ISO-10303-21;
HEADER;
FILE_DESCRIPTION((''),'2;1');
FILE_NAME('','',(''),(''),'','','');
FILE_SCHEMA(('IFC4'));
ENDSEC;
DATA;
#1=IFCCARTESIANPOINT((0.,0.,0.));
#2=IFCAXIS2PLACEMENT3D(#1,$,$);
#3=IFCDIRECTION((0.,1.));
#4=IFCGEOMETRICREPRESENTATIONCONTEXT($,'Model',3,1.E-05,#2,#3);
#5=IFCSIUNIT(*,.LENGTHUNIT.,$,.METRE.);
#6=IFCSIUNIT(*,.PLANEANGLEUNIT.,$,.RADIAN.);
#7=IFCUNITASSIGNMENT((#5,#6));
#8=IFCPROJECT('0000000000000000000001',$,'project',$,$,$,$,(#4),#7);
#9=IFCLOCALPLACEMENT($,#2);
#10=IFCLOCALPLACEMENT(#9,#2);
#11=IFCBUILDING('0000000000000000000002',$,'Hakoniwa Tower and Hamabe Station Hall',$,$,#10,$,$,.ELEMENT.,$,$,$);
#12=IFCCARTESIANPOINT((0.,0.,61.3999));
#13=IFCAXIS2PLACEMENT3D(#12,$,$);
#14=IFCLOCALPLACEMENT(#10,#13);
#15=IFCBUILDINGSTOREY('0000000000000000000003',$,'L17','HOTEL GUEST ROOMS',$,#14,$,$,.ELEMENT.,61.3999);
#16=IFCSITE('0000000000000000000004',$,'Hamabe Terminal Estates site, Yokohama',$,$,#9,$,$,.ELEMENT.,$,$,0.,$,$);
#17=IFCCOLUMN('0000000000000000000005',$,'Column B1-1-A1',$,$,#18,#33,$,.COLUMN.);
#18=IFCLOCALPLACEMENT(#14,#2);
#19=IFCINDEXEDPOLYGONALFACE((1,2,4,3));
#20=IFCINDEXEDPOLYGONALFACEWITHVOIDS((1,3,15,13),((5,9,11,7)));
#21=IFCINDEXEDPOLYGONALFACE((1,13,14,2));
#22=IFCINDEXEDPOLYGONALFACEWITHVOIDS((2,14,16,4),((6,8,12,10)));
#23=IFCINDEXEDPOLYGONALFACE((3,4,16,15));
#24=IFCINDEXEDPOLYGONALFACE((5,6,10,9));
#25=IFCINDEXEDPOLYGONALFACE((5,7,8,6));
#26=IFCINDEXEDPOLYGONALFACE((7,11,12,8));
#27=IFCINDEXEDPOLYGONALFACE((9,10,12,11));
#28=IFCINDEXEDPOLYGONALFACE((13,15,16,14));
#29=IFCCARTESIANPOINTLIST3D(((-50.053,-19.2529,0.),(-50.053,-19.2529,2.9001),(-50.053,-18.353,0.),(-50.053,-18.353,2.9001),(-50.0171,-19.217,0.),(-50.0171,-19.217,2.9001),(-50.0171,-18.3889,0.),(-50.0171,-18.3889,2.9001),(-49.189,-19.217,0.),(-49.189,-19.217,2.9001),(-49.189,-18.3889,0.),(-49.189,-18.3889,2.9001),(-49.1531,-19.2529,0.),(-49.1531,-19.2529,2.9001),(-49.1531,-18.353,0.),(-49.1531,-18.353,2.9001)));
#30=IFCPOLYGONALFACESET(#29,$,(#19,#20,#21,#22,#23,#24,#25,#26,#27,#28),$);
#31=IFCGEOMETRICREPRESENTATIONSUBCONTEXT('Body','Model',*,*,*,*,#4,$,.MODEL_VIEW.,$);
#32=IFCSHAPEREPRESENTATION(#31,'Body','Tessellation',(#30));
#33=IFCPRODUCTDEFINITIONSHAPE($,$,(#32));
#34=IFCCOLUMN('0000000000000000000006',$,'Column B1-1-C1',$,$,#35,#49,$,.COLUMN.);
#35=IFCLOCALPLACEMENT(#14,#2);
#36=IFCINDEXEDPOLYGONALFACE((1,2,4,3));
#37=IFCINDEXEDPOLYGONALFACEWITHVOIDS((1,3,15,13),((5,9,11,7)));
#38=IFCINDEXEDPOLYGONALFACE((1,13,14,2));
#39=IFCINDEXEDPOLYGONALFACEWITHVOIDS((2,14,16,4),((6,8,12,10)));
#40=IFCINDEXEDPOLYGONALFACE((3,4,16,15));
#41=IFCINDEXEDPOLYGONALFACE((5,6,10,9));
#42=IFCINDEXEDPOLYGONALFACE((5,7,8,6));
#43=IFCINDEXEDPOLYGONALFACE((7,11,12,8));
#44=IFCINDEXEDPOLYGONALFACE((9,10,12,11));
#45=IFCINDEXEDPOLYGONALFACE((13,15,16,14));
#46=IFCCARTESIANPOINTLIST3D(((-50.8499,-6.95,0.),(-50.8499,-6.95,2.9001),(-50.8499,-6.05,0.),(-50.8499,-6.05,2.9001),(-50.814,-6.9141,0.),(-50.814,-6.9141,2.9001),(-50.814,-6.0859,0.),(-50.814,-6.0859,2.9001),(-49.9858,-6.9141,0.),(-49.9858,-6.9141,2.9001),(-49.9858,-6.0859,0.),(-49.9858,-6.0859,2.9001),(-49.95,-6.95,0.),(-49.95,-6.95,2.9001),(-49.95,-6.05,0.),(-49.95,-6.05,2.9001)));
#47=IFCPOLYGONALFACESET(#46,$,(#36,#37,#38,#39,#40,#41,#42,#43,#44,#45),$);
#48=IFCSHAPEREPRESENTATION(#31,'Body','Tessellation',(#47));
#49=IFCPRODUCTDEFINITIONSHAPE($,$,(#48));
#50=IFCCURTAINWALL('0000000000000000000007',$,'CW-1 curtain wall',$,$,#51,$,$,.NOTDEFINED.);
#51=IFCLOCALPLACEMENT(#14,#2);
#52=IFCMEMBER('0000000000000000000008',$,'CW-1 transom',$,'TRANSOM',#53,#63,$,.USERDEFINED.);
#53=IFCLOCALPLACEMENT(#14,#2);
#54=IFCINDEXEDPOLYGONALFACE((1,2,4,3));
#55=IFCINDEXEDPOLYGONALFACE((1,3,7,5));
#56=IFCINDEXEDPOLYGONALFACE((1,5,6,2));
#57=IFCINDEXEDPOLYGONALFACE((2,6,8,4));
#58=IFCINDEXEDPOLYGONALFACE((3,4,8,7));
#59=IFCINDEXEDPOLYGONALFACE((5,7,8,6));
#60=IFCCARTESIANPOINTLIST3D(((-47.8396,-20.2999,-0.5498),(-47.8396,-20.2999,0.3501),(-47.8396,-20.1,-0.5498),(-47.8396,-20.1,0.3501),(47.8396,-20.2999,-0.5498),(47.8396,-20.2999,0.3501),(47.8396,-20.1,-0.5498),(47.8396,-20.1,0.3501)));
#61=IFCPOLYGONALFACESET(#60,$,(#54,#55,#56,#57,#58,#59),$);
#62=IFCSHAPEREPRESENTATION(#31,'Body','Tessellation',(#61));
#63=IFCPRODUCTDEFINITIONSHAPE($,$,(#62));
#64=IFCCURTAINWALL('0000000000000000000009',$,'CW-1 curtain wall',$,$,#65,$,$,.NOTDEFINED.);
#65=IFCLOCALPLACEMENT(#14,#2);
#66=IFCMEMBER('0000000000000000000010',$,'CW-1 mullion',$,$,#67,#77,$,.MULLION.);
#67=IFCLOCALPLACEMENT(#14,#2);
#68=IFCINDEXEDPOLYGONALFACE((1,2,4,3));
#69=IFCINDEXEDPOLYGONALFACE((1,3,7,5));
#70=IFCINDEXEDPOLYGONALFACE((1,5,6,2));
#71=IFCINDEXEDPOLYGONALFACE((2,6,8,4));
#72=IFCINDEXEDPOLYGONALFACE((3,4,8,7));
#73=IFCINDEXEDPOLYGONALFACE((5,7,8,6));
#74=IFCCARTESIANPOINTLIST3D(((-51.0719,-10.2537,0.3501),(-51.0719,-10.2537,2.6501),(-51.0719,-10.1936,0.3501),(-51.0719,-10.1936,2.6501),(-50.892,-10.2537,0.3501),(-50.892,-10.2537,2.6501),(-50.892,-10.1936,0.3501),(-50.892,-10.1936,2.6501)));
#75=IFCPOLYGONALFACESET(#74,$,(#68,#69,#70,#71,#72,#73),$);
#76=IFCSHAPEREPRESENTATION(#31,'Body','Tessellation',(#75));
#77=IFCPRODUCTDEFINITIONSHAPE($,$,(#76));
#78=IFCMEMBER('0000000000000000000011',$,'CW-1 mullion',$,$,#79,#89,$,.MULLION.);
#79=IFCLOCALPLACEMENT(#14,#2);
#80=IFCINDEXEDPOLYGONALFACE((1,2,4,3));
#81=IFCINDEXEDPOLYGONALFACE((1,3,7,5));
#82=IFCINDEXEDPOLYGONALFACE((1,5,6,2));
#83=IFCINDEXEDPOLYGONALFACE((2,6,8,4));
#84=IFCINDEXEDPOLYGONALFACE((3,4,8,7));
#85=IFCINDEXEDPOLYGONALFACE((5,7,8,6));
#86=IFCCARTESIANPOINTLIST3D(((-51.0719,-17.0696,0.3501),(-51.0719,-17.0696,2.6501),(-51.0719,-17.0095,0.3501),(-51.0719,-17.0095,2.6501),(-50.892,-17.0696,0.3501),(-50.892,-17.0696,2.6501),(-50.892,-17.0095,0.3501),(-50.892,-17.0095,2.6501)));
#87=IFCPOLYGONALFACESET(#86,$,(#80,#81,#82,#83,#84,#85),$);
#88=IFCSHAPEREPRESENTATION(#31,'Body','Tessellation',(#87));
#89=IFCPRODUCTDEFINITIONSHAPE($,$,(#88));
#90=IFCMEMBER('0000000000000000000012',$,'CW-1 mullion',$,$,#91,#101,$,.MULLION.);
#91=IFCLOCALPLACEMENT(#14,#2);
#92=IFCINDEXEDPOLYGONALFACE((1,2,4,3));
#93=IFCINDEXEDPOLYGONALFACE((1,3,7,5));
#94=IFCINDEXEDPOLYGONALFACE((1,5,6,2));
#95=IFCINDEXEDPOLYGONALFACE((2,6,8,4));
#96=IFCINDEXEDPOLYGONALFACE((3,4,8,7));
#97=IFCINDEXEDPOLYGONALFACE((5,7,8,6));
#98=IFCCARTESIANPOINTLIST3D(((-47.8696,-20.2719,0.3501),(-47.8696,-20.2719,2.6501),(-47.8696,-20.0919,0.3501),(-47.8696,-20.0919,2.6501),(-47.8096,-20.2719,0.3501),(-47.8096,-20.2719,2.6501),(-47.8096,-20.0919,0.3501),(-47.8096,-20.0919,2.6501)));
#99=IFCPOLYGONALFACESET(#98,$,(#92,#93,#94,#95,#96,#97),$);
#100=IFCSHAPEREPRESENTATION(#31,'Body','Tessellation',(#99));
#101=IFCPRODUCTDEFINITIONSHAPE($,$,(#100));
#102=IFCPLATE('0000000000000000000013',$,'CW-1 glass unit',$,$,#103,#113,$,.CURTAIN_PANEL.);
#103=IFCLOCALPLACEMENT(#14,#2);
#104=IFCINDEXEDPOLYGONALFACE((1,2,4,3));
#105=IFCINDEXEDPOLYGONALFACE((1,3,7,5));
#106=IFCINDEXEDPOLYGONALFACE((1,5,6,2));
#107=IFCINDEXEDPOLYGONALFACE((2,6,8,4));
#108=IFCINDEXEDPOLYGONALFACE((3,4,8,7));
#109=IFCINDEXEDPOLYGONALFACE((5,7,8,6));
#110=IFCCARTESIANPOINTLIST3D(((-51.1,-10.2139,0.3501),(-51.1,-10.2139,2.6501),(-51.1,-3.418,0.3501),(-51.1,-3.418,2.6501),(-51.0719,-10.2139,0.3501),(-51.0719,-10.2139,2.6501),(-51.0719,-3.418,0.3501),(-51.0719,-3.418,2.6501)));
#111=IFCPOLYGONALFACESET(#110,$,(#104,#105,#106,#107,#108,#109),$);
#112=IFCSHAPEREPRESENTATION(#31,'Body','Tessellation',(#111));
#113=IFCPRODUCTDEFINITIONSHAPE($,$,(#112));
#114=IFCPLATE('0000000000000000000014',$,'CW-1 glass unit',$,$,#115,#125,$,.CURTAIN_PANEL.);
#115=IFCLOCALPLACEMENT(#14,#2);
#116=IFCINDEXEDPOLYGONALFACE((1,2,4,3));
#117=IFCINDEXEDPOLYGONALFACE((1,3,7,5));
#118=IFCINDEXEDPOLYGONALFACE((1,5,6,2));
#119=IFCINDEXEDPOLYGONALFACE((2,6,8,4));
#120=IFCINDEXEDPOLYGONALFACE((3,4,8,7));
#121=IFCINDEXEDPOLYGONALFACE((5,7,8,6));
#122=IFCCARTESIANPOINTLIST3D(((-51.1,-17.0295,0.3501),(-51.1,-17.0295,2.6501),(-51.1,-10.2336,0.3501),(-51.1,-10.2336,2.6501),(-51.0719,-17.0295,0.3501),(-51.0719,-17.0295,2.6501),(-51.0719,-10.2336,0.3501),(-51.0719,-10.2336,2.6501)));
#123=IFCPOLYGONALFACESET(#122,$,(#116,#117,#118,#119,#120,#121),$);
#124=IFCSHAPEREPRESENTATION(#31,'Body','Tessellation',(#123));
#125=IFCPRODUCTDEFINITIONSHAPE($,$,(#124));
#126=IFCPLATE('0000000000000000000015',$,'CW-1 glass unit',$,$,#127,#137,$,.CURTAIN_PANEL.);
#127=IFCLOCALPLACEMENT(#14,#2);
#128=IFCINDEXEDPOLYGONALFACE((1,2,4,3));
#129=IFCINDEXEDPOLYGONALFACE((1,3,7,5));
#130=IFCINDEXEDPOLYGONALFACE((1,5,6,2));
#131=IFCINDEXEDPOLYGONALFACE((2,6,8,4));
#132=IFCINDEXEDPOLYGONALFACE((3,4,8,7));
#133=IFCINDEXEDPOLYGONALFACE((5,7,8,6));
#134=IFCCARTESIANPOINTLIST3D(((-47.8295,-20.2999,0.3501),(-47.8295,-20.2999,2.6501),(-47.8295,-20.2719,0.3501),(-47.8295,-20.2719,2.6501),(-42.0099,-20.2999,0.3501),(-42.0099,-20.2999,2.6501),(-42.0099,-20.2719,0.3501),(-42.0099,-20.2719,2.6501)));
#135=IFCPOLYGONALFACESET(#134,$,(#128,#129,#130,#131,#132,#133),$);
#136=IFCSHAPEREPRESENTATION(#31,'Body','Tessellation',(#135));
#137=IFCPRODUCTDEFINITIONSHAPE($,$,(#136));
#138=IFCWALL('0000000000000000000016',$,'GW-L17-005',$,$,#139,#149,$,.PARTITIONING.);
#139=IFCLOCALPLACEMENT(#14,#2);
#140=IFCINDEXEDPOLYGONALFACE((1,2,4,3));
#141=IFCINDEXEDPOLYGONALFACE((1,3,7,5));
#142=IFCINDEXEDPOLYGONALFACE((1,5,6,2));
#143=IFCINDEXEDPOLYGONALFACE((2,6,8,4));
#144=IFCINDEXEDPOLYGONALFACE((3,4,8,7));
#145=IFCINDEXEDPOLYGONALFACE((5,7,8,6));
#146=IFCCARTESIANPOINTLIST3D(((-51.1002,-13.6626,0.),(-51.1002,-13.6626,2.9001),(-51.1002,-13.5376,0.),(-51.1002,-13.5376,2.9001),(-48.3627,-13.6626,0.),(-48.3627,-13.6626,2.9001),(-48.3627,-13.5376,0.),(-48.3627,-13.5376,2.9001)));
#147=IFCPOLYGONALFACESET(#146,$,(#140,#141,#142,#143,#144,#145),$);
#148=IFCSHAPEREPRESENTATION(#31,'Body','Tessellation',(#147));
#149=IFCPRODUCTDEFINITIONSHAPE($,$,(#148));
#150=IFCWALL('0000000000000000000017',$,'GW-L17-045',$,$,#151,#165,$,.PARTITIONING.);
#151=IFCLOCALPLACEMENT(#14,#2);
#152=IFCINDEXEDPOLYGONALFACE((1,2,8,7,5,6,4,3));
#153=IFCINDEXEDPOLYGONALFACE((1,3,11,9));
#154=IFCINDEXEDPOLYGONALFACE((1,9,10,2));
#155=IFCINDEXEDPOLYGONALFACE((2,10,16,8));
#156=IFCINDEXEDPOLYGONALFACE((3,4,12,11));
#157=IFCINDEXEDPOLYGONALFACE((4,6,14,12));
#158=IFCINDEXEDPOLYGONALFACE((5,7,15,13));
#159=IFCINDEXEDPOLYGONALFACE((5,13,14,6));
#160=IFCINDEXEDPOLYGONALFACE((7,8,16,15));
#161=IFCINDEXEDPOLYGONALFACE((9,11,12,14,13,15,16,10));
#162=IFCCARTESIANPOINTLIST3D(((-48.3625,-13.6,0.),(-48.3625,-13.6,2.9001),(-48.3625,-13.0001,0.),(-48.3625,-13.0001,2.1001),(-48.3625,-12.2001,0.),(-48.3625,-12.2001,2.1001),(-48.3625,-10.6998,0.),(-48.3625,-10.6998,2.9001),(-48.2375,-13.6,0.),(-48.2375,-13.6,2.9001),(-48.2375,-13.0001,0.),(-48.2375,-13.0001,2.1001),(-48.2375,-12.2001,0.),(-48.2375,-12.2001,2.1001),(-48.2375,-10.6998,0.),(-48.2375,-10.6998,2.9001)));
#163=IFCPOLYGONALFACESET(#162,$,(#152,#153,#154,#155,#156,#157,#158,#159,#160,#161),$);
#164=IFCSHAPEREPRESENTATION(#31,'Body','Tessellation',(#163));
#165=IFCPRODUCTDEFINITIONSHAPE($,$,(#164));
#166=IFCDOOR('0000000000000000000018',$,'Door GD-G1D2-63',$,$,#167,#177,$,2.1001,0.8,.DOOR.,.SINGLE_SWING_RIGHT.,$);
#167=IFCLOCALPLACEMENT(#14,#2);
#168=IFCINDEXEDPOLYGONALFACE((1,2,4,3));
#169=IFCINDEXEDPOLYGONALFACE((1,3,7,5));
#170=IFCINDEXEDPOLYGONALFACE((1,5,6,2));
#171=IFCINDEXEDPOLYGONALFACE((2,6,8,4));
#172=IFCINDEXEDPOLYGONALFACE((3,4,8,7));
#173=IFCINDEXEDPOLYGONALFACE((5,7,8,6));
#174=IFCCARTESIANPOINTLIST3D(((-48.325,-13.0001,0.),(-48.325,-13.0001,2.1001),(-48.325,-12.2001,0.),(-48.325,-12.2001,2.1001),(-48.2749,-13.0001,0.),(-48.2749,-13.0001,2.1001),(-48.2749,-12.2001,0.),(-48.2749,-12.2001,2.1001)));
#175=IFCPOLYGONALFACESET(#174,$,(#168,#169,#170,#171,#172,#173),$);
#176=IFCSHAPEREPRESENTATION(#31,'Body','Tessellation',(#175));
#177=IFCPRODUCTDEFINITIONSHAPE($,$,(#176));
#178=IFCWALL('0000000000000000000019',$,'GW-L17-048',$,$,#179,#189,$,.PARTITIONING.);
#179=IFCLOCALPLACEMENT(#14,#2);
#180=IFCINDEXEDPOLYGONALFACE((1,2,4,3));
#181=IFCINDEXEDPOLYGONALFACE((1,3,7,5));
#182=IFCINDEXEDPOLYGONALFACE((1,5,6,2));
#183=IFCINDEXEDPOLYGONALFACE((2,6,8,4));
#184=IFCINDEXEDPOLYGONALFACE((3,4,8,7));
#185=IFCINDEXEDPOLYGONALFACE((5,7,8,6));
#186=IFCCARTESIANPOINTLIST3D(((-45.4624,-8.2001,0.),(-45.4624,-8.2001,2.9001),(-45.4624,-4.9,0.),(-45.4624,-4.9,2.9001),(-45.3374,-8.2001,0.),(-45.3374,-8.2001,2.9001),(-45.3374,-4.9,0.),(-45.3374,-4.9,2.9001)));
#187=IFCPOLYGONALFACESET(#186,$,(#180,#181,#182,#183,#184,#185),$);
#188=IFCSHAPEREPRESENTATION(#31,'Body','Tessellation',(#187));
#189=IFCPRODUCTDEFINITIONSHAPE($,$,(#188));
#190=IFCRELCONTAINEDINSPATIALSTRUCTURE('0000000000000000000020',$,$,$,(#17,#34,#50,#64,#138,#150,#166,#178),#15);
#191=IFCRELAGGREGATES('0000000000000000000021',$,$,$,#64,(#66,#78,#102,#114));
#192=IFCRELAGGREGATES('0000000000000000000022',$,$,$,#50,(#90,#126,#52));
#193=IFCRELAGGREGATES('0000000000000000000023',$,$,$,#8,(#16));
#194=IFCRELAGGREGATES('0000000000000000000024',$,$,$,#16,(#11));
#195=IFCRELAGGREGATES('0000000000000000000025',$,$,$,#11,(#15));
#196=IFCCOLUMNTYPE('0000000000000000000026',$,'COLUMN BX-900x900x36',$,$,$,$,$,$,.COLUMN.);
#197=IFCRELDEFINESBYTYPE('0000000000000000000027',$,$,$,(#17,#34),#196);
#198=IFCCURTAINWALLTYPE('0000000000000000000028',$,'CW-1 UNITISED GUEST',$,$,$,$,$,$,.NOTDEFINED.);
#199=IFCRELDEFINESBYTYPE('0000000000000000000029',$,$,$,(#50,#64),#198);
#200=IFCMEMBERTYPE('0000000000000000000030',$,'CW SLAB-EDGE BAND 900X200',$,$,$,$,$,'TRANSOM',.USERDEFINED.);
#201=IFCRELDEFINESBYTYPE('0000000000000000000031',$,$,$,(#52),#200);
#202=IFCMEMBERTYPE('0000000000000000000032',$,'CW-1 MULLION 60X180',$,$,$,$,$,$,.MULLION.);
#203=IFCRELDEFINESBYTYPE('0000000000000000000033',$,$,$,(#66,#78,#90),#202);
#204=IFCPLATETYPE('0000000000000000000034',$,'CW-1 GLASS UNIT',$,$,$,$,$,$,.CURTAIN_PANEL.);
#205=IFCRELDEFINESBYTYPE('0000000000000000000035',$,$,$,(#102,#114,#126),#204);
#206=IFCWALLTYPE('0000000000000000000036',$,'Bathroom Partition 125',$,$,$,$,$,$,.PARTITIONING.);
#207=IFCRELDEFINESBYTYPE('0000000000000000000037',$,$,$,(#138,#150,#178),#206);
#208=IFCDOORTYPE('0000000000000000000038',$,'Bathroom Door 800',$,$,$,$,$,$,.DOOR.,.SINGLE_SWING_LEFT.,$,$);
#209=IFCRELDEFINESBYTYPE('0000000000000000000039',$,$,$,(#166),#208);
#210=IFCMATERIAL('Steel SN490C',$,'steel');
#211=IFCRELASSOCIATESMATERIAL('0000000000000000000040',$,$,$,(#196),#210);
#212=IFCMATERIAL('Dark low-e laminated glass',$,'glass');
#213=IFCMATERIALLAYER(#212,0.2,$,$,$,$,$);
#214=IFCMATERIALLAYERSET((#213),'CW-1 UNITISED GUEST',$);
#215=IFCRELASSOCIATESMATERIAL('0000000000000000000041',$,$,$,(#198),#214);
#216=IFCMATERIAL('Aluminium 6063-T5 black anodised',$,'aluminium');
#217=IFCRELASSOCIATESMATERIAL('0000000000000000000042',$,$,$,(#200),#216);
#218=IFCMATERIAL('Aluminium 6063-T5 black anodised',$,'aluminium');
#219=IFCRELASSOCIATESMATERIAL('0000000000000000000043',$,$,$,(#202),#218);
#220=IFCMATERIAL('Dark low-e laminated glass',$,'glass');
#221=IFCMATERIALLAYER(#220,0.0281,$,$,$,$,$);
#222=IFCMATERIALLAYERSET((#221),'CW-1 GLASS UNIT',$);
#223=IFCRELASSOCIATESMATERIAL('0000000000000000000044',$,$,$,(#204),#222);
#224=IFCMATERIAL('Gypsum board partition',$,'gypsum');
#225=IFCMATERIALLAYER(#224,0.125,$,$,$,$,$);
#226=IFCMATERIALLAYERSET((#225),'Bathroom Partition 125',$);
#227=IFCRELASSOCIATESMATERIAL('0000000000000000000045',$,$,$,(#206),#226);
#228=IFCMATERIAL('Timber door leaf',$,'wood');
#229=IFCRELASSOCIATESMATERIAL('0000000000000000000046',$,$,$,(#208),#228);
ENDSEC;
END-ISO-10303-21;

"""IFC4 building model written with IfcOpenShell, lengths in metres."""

from ifc_helpers import new_model, si_unit, direction, frame, frame_2d, origin, origin_2d, place, context, subcontext, project, spatial, rectangle, hollow_rectangle, extrude, material, layer, layer_set, material_profile, profile_set, type_object, element, fill, aggregate, save


model = new_model("IFC4")

# Units and contexts
model_context = context("Model", 3, precision=1e-05, world=origin(), true_north=direction((0.0, 1.0)))
body_context = subcontext(model_context, "Body", "Model", "MODEL_VIEW")
ifc_project = project(units=[si_unit("LENGTHUNIT", "METRE"), si_unit("PLANEANGLEUNIT", "RADIAN")], contexts=[model_context])

# Site, building, storey
site_placement = place(None, origin())
site = spatial("IfcSite", under=ifc_project, at=site_placement, Name="Hamabe Terminal Estates site, Yokohama", CompositionType="ELEMENT", RefElevation=0.0)
building_placement = place(site_placement, origin())
building = spatial("IfcBuilding", under=site, at=building_placement, Name="Hakoniwa Tower and Hamabe Station Hall", CompositionType="ELEMENT")
storey_placement = place(building_placement, frame((0.0, 0.0, 61.3999)))
storey = spatial("IfcBuildingStorey", under=building, at=storey_placement, Name="L17", Description="HOTEL GUEST ROOMS", CompositionType="ELEMENT", Elevation=61.3999)

# Columns
ifc_material_1 = material(Name="Steel SN490C", Category="steel")
ifc_material_profile_1 = material_profile(ifc_material_1, hollow_rectangle(XDim=0.8999, YDim=0.8999, WallThickness=0.0359, at=origin_2d()), Name="BX-900x900x36")
ifc_profile_set_1 = profile_set([ifc_material_profile_1], Name="Steel SN490C")
column_type = type_object("IfcColumnType", Name="COLUMN BX-900x900x36", PredefinedType="COLUMN", material=ifc_profile_set_1)
for number, where, z_axis, x_axis, name in (
    (1, (-49.603, -18.803, 0.0), (0.0, 0.0, 1.0), (1.0, 0.0, 0.0), "Column B1-1-A1"),
    (2, (-50.3999, -6.5, 0.0), (0.0, 0.0, 1.0), (1.0, 0.0, 0.0), "Column B1-1-C1"),
):
    element("IfcColumn", number, at=place(storey_placement, frame(where, z_axis=z_axis, x_axis=x_axis)), inside=storey, type_object=column_type, Name=name, PredefinedType="COLUMN", context=body_context, shape_type="SweptSolid", body=[
        extrude(hollow_rectangle(XDim=0.8999, YDim=0.8999, WallThickness=0.0359, at=origin_2d()), origin(), (0.0, 0.0, 1.0), 2.9001),
    ])

# Curtain wall, member
ifc_material_2 = material(Name="Dark low-e laminated glass", Category="glass")
ifc_layer_1 = layer(ifc_material_2, 0.2)
ifc_layer_set_1 = layer_set([ifc_layer_1], Name="CW-1 UNITISED GUEST")
curtain_wall_type = type_object("IfcCurtainWallType", Name="CW-1 UNITISED GUEST", PredefinedType="NOTDEFINED", material=ifc_layer_set_1)
curtain_wall_1_placement = place(storey_placement, origin())
curtain_wall_1 = element("IfcCurtainWall", 3, at=curtain_wall_1_placement, inside=storey, type_object=curtain_wall_type, Name="CW-1 curtain wall", PredefinedType="NOTDEFINED")
ifc_material_3 = material(Name="Aluminium 6063-T5 black anodised", Category="aluminium")
ifc_material_profile_2 = material_profile(ifc_material_3, rectangle(XDim=0.2, YDim=0.8999, at=origin_2d()), Name="CW SLAB-EDGE BAND 900X200")
ifc_profile_set_2 = profile_set([ifc_material_profile_2], Name="Aluminium 6063-T5 black anodised")
member_type_1 = type_object("IfcMemberType", Name="CW SLAB-EDGE BAND 900X200", ElementType="TRANSOM", PredefinedType="USERDEFINED", material=ifc_profile_set_2)
member_1_placement = place(storey_placement, frame((-47.8396, -20.2, -0.0999), z_axis=(1.0, 0.0, 0.0), x_axis=(0.0, 1.0, 0.0)))
member_1 = element("IfcMember", 4, at=member_1_placement, type_object=member_type_1, Name="CW-1 transom", ObjectType="TRANSOM", PredefinedType="USERDEFINED", context=body_context, shape_type="SweptSolid", body=[
    extrude(rectangle(XDim=0.2, YDim=0.8999, at=origin_2d()), origin(), (0.0, 0.0, 1.0), 95.6792),
])

# Curtain wall, members
curtain_wall_2_placement = place(storey_placement, origin())
curtain_wall_2 = element("IfcCurtainWall", 5, at=curtain_wall_2_placement, inside=storey, type_object=curtain_wall_type, Name="CW-1 curtain wall", PredefinedType="NOTDEFINED")
ifc_material_4 = material(Name="Aluminium 6063-T5 black anodised", Category="aluminium")
ifc_material_profile_3 = material_profile(ifc_material_4, rectangle(XDim=0.0601, YDim=0.1799, at=origin_2d()), Name="CW-1 MULLION 60X180")
ifc_profile_set_3 = profile_set([ifc_material_profile_3], Name="Aluminium 6063-T5 black anodised")
member_type_2 = type_object("IfcMemberType", Name="CW-1 MULLION 60X180", PredefinedType="MULLION", material=ifc_profile_set_3)
member_2_placement = place(storey_placement, frame((-50.9819, -10.2236, 0.3501), z_axis=(0.0, 0.0, 1.0), x_axis=(0.0, -1.0, 0.0)))
member_2 = element("IfcMember", 6, at=member_2_placement, type_object=member_type_2, Name="CW-1 mullion", PredefinedType="MULLION", context=body_context, shape_type="SweptSolid", body=[
    extrude(rectangle(XDim=0.0601, YDim=0.1799, at=origin_2d()), origin(), (0.0, 0.0, 1.0), 2.3),
])
member_3_placement = place(storey_placement, frame((-50.9819, -17.0396, 0.3501), z_axis=(0.0, 0.0, 1.0), x_axis=(0.0, -1.0, 0.0)))
member_3 = element("IfcMember", 7, at=member_3_placement, type_object=member_type_2, Name="CW-1 mullion", PredefinedType="MULLION", context=body_context, shape_type="SweptSolid", body=[
    extrude(rectangle(XDim=0.0601, YDim=0.1799, at=origin_2d()), origin(), (0.0, 0.0, 1.0), 2.3),
])

# Member
member_4_placement = place(storey_placement, frame((-47.8396, -20.1819, 0.3501), z_axis=(0.0, 0.0, 1.0), x_axis=(1.0, 0.0, 0.0)))
member_4 = element("IfcMember", 8, at=member_4_placement, type_object=member_type_2, Name="CW-1 mullion", PredefinedType="MULLION", context=body_context, shape_type="SweptSolid", body=[
    extrude(rectangle(XDim=0.0601, YDim=0.1799, at=origin_2d()), origin(), (0.0, 0.0, 1.0), 2.3),
])

# Plates
ifc_material_5 = material(Name="Dark low-e laminated glass", Category="glass")
ifc_layer_2 = layer(ifc_material_5, 0.0281)
ifc_layer_set_2 = layer_set([ifc_layer_2], Name="CW-1 GLASS UNIT")
plate_type = type_object("IfcPlateType", Name="CW-1 GLASS UNIT", PredefinedType="CURTAIN_PANEL", material=ifc_layer_set_2)
plate_1_placement = place(storey_placement, frame((-51.0859, -6.8159, 0.3501), z_axis=(0.0, 0.0, 1.0), x_axis=(0.0, -1.0, 0.0)))
plate_1 = element("IfcPlate", 9, at=plate_1_placement, type_object=plate_type, Name="CW-1 glass unit", PredefinedType="CURTAIN_PANEL", context=body_context, shape_type="SweptSolid", body=[
    extrude(rectangle(XDim=6.7959, YDim=0.0281, at=origin_2d()), origin(), (0.0, 0.0, 1.0), 2.3),
])
plate_2_placement = place(storey_placement, frame((-51.0859, -13.6316, 0.3501), z_axis=(0.0, 0.0, 1.0), x_axis=(0.0, -1.0, 0.0)))
plate_2 = element("IfcPlate", 10, at=plate_2_placement, type_object=plate_type, Name="CW-1 glass unit", PredefinedType="CURTAIN_PANEL", context=body_context, shape_type="SweptSolid", body=[
    extrude(rectangle(XDim=6.7959, YDim=0.0281, at=origin_2d()), origin(), (0.0, 0.0, 1.0), 2.3),
])
aggregate(curtain_wall_2, [member_2, member_3, plate_1, plate_2])
plate_3_placement = place(storey_placement, frame((-44.9197, -20.2859, 0.3501), z_axis=(0.0, 0.0, 1.0), x_axis=(1.0, 0.0, 0.0)))
plate_3 = element("IfcPlate", 11, at=plate_3_placement, type_object=plate_type, Name="CW-1 glass unit", PredefinedType="CURTAIN_PANEL", context=body_context, shape_type="SweptSolid", body=[
    extrude(rectangle(XDim=5.8196, YDim=0.0281, at=origin_2d()), origin(), (0.0, 0.0, 1.0), 2.3),
])
aggregate(curtain_wall_1, [member_4, plate_3, member_1])

# Wall
ifc_material_6 = material(Name="Gypsum board partition", Category="gypsum")
ifc_layer_3 = layer(ifc_material_6, 0.125)
ifc_layer_set_3 = layer_set([ifc_layer_3], Name="Bathroom Partition 125")
wall_type_1 = type_object("IfcWallType", Name="Bathroom Partition 125", PredefinedType="PARTITIONING", material=ifc_layer_set_3)
wall_1_placement = place(storey_placement, frame((-51.1001, -13.6001, 0.0), z_axis=(0.0, 0.0, 1.0), x_axis=(1.0, 0.0, 0.0)))
element("IfcWall", 12, at=wall_1_placement, inside=storey, type_object=wall_type_1, Name="GW-L17-005", PredefinedType="PARTITIONING", context=body_context, shape_type="SweptSolid", body=[
    extrude(rectangle(XDim=2.7375, YDim=0.125, at=frame_2d((1.3687, 0.0))), origin(), (0.0, 0.0, 1.0), 2.9001),
])

# Wall, opening, door
wall_2_placement = place(storey_placement, frame((-48.3, -13.6001, 0.0), z_axis=(0.0, 0.0, 1.0), x_axis=(0.0, 1.0, 0.0)))
wall_2 = element("IfcWall", 13, at=wall_2_placement, inside=storey, type_object=wall_type_1, Name="GW-L17-045", PredefinedType="PARTITIONING", context=body_context, shape_type="SweptSolid", body=[
    extrude(rectangle(XDim=2.9001, YDim=0.125, at=frame_2d((1.4502, 0.0))), origin(), (0.0, 0.0, 1.0), 2.9001),
])
opening_1_placement = place(wall_2_placement, frame((0.6001, 0.0, 0.0)))
opening_1 = element("IfcOpeningElement", 14, at=opening_1_placement, cuts=wall_2, PredefinedType="OPENING", context=body_context, shape_type="SweptSolid", body=[
    extrude(rectangle(XDim=0.8, YDim=2.1001, at=frame_2d((0.3999, 1.05))), frame((0.0, 0.0725, 0.0), z_axis=(0.0, -1.0, 0.0), x_axis=(1.0, 0.0, 0.0)), (0.0, 0.0, 1.0), 0.145),
])
ifc_material_7 = material(Name="Timber door leaf", Category="wood")
door_type_1 = type_object("IfcDoorType", Name="Bathroom Door 800", OperationType="SINGLE_SWING_LEFT", PredefinedType="DOOR", material=ifc_material_7)
door_1_placement = place(opening_1_placement, origin())
door_1 = element("IfcDoor", 15, at=door_1_placement, inside=storey, type_object=door_type_1, Name="Door GD-G1D2-63", OperationType="SINGLE_SWING_RIGHT", OverallHeight=2.1001, OverallWidth=0.8, PredefinedType="DOOR", context=body_context, shape_type="SweptSolid", body=[
    extrude(rectangle(XDim=0.8, YDim=2.1001, at=frame_2d((0.3999, 1.05))), frame((0.0, 0.0249, 0.0), z_axis=(0.0, -1.0, 0.0), x_axis=(1.0, 0.0, 0.0)), (0.0, 0.0, 1.0), 0.05),
])
fill(opening_1, door_1)

# Wall
wall_3_placement = place(storey_placement, frame((-45.3999, -8.2, 0.0), z_axis=(0.0, 0.0, 1.0), x_axis=(0.0, 1.0, 0.0)))
element("IfcWall", 16, at=wall_3_placement, inside=storey, type_object=wall_type_1, Name="GW-L17-048", PredefinedType="PARTITIONING", context=body_context, shape_type="SweptSolid", body=[
    extrude(rectangle(XDim=3.3, YDim=0.125, at=frame_2d((1.6499, 0.0))), origin(), (0.0, 0.0, 1.0), 2.9001),
])

save(model, "model.ifc")
